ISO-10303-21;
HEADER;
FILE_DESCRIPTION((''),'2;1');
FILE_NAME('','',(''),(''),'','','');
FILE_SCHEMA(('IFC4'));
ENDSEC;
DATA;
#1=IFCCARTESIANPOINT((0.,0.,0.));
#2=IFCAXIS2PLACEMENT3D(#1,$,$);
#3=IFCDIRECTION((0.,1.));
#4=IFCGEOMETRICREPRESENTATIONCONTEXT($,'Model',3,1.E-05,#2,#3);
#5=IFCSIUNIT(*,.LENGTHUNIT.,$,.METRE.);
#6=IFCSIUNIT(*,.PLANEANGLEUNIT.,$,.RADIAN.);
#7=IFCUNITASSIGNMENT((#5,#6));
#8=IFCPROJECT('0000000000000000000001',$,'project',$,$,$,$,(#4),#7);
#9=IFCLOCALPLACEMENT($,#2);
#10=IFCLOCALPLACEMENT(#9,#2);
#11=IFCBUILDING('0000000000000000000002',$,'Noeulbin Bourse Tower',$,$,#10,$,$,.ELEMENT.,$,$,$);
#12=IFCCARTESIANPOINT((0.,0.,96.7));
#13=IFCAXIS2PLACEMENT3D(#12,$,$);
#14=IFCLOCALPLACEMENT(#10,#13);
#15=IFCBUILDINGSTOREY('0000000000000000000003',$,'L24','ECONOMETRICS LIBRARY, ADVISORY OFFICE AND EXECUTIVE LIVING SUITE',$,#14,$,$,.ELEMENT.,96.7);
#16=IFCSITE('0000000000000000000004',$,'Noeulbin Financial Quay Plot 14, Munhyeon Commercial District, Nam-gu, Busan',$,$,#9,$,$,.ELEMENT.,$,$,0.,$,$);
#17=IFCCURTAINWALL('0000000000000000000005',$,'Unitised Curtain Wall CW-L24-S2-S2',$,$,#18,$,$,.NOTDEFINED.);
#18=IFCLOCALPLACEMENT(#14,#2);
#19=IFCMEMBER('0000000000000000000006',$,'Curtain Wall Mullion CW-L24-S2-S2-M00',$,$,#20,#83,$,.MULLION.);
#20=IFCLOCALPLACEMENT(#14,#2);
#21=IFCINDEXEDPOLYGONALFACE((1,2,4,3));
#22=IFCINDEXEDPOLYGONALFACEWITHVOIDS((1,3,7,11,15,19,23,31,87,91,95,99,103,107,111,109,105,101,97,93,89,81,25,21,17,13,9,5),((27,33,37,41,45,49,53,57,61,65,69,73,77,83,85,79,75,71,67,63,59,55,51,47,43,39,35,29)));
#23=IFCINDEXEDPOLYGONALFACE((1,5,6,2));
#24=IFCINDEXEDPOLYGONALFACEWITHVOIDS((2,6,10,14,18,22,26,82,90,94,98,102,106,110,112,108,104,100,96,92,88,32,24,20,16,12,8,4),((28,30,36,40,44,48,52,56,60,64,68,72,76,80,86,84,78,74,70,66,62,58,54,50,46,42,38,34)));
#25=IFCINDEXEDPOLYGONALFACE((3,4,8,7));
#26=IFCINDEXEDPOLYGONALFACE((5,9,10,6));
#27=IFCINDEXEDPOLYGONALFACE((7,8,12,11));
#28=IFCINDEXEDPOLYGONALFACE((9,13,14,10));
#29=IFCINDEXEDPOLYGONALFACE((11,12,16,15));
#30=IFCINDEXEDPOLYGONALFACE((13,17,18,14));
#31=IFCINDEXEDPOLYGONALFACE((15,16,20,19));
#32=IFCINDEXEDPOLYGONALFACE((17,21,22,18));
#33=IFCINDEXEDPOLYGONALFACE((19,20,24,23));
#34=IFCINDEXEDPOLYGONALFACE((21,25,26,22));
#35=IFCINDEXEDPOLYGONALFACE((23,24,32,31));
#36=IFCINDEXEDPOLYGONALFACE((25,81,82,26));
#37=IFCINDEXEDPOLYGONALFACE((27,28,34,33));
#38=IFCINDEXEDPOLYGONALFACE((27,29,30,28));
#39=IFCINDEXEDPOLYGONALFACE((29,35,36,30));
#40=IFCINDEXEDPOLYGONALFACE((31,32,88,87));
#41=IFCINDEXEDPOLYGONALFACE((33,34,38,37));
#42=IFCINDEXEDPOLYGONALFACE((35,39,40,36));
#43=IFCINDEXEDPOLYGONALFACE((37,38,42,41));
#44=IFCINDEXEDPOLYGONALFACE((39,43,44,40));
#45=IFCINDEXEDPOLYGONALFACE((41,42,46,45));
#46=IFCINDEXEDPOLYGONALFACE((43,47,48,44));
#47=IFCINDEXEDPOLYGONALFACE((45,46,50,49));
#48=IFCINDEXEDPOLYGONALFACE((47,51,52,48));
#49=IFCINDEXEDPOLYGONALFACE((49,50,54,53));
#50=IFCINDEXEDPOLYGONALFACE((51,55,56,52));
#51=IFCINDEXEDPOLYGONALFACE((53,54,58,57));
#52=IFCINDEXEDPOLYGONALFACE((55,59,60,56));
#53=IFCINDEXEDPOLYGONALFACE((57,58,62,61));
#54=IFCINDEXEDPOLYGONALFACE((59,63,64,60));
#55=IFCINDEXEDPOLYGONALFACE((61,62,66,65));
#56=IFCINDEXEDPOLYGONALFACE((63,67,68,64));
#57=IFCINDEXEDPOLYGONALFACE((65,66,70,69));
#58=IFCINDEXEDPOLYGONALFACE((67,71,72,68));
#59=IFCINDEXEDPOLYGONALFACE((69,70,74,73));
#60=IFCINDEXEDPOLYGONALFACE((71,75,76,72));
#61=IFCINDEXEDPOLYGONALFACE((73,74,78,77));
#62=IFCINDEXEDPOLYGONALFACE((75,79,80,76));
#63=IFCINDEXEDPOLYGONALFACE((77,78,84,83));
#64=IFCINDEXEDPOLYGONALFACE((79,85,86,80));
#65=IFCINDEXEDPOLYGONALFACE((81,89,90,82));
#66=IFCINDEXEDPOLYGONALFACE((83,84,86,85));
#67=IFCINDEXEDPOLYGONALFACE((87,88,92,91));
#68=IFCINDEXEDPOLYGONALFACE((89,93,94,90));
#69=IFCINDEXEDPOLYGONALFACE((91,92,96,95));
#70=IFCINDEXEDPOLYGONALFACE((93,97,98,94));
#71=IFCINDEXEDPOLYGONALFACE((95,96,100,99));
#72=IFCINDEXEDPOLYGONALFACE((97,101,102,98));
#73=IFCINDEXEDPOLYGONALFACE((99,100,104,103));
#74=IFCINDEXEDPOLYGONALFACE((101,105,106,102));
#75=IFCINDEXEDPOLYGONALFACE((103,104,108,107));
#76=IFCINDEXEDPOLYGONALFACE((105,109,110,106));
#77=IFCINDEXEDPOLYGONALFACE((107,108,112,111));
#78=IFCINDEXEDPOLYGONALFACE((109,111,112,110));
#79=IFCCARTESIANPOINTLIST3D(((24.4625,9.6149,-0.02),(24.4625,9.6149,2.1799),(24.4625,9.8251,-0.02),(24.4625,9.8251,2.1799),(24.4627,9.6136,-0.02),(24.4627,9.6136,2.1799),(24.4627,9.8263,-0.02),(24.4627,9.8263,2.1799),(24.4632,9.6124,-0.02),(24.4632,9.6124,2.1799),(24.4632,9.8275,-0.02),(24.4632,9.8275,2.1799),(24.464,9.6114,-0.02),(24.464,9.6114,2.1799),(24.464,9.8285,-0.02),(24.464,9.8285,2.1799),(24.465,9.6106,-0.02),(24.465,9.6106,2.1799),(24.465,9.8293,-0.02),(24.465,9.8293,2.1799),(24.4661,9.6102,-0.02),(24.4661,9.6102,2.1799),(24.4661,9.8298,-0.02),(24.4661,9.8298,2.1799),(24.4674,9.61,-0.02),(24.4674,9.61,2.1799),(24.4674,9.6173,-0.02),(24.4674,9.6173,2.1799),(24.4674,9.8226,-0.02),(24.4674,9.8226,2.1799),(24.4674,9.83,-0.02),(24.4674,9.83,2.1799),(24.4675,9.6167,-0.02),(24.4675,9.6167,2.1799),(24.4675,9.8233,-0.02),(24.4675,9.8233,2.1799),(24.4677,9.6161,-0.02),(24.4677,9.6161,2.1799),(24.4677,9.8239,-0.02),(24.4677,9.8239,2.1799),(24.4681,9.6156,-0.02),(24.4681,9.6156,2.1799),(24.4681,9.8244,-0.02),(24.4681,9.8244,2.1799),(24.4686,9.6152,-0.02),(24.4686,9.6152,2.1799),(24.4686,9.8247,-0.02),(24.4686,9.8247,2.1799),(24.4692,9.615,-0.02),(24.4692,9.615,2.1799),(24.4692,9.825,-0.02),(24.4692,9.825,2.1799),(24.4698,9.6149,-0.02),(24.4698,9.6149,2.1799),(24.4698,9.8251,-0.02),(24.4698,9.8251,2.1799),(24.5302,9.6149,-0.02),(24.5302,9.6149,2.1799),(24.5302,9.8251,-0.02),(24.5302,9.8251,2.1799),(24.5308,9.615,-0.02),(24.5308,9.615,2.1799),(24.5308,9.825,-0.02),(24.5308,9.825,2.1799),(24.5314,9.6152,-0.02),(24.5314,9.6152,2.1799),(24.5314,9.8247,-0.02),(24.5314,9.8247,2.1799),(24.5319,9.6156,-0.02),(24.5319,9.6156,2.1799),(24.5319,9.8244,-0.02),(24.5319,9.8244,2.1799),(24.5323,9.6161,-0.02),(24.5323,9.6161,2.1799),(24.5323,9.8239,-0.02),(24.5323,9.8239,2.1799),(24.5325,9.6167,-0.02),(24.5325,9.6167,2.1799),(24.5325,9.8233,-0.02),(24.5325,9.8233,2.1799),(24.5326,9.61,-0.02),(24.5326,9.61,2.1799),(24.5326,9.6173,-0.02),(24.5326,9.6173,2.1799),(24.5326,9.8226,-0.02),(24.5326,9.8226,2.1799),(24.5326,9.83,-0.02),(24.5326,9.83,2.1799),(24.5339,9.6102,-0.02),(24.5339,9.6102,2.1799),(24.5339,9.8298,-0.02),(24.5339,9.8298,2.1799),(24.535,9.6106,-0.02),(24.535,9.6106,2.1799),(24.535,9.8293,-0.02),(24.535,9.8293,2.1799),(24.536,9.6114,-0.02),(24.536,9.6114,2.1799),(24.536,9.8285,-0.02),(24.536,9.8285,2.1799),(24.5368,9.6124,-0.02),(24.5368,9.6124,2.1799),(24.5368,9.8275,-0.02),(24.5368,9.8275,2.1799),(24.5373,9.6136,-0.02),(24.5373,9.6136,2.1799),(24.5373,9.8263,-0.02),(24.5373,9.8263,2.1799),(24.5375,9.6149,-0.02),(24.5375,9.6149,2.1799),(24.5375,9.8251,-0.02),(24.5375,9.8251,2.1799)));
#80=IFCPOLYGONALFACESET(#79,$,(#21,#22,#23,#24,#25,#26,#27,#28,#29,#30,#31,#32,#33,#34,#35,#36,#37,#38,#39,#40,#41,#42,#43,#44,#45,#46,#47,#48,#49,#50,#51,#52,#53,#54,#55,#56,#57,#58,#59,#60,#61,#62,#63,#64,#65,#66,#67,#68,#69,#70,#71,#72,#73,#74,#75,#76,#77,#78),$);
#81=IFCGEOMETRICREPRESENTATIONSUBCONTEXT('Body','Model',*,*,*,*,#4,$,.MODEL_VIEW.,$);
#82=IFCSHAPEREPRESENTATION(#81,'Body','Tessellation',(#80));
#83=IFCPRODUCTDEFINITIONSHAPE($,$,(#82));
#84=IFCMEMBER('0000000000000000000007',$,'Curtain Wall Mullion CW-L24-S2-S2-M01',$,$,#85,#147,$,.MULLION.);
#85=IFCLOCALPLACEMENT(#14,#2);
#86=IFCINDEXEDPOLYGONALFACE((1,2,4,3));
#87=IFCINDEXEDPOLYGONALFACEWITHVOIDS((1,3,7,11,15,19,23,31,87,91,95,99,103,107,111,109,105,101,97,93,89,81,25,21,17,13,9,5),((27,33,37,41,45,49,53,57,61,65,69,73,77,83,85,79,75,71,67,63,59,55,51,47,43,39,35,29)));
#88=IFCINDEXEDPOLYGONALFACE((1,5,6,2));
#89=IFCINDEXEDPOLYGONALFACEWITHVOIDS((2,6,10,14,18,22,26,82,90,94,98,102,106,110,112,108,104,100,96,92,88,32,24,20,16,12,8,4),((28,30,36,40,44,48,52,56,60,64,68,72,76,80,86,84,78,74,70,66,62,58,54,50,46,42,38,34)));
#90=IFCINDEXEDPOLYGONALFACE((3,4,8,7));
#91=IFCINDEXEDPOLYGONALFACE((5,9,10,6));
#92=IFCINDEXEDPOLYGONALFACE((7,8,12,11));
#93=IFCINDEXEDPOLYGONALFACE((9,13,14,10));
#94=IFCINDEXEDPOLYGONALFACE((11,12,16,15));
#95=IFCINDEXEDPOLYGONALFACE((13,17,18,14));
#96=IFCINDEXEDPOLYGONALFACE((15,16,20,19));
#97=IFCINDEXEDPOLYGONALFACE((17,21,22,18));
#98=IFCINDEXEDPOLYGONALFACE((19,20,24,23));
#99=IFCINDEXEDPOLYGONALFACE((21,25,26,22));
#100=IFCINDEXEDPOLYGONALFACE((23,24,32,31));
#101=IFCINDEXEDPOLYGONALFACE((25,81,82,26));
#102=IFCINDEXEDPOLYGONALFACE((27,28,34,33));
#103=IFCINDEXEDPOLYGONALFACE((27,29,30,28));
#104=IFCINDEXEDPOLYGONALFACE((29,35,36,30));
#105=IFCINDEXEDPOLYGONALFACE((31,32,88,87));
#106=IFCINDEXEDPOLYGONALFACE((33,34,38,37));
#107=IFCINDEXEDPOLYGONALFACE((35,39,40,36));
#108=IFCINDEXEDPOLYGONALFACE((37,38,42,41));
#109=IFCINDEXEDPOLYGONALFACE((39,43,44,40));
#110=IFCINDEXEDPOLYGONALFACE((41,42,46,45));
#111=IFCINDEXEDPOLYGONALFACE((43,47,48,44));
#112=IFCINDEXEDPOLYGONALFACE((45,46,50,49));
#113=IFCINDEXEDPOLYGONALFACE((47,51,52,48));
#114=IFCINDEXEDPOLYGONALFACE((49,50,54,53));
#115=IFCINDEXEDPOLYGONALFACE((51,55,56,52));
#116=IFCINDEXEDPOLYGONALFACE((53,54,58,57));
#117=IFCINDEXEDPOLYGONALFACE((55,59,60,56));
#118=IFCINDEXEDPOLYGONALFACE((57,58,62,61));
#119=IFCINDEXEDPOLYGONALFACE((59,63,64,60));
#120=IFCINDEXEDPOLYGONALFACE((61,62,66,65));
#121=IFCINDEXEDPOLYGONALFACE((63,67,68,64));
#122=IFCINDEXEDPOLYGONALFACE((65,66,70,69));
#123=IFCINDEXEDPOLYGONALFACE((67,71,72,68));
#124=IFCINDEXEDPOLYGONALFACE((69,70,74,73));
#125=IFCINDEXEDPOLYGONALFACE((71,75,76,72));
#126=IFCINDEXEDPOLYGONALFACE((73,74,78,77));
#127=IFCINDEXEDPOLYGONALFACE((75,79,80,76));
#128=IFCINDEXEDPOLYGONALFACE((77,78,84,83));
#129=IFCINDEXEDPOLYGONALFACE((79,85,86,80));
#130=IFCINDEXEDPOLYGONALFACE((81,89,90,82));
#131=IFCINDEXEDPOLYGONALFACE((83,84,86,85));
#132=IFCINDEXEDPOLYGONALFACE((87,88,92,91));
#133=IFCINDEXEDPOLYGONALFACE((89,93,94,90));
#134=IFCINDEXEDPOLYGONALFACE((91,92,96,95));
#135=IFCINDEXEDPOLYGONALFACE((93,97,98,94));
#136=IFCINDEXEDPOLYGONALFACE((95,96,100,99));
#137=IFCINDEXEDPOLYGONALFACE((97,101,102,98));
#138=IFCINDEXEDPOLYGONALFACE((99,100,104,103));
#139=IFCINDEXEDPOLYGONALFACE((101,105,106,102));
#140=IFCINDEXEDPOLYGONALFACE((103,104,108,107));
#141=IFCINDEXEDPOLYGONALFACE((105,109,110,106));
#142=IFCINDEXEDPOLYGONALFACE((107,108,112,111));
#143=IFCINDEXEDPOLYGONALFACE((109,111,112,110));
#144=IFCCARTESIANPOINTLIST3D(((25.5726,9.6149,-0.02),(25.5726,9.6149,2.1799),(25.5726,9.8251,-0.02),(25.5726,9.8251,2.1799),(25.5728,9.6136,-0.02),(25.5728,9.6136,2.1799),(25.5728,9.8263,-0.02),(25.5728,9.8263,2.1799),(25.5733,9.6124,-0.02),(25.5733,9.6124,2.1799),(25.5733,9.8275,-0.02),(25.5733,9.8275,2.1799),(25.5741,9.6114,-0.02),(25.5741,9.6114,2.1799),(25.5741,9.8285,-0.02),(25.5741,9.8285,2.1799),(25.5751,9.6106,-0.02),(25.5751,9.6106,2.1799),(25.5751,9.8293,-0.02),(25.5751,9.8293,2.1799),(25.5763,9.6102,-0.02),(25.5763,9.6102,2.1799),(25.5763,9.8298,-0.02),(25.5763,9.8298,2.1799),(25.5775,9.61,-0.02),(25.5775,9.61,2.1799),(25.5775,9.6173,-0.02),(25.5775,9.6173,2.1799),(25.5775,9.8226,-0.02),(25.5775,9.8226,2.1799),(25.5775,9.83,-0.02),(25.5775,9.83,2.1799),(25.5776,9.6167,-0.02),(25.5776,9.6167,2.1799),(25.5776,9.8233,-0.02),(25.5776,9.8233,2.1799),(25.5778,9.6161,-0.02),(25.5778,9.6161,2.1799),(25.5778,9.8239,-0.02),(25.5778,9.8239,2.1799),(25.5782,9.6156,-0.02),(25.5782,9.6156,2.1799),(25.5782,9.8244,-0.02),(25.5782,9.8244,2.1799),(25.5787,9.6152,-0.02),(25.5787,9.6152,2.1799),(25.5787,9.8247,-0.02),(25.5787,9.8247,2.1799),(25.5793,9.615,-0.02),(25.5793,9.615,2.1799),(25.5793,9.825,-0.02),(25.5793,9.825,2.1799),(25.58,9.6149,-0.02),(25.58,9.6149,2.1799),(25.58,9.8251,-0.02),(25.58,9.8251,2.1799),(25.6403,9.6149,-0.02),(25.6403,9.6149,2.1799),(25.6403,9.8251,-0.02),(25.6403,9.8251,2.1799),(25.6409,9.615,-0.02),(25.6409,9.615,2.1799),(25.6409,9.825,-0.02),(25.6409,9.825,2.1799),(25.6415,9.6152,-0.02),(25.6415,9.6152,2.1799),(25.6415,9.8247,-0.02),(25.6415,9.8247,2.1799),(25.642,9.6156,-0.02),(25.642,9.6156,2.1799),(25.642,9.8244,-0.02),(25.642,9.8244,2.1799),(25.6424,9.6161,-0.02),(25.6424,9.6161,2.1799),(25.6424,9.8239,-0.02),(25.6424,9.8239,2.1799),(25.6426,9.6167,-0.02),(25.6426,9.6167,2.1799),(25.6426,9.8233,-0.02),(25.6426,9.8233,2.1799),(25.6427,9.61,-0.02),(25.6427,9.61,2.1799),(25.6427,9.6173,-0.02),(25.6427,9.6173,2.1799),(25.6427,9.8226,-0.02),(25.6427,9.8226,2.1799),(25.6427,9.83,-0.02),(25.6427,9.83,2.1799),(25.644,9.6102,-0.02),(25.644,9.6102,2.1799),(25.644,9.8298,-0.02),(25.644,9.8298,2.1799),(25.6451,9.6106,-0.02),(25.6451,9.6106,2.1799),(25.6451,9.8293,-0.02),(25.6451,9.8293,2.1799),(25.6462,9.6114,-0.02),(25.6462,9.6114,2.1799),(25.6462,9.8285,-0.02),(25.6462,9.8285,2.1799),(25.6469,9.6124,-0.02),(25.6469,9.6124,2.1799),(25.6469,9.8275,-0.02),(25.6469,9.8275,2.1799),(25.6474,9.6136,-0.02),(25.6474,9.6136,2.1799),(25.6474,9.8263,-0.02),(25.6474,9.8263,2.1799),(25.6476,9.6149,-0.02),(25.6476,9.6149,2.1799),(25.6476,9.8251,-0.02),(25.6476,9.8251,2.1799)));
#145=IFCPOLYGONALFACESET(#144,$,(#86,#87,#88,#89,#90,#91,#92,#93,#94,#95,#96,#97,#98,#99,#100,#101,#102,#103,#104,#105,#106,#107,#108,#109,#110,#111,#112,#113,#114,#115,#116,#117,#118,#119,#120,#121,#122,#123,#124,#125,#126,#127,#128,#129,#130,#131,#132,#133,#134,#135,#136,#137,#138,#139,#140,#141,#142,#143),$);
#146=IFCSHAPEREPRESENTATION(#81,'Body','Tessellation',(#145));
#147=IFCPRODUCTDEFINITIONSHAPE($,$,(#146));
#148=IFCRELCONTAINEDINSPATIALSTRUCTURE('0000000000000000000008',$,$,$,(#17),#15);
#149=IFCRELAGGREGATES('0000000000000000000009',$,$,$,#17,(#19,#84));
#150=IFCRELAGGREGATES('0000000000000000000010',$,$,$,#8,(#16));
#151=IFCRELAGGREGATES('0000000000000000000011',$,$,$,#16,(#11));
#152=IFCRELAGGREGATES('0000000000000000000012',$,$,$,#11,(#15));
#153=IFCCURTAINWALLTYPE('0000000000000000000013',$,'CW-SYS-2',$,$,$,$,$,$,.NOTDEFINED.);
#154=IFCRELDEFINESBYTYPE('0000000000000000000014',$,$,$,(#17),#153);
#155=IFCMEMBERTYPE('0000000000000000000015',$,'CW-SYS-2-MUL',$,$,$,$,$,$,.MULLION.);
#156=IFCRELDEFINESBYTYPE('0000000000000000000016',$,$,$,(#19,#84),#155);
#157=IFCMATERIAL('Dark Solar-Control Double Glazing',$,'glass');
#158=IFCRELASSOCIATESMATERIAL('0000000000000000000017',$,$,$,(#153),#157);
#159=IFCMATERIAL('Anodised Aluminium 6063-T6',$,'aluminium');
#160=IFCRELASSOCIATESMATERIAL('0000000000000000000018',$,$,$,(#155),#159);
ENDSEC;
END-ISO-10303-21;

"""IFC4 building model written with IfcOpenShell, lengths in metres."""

from ifc_helpers import new_model, si_unit, direction, frame, origin, origin_2d, place, context, subcontext, project, spatial, hollow_rectangle, extrude, material, material_profile, profile_set, type_object, element, aggregate, save


model = new_model("IFC4")

# Units and contexts
model_context = context("Model", 3, precision=1e-05, world=origin(), true_north=direction((0.0, 1.0)))
body_context = subcontext(model_context, "Body", "Model", "MODEL_VIEW")
ifc_project = project(units=[si_unit("LENGTHUNIT", "METRE"), si_unit("PLANEANGLEUNIT", "RADIAN")], contexts=[model_context])

# Site, building, storey
site_placement = place(None, origin())
site = spatial("IfcSite", under=ifc_project, at=site_placement, Name="Noeulbin Financial Quay Plot 14, Munhyeon Commercial District, Nam-gu, Busan", CompositionType="ELEMENT", RefElevation=0.0)
building_placement = place(site_placement, origin())
building = spatial("IfcBuilding", under=site, at=building_placement, Name="Noeulbin Bourse Tower", CompositionType="ELEMENT")
storey_placement = place(building_placement, frame((0.0, 0.0, 96.7)))
storey = spatial("IfcBuildingStorey", under=building, at=storey_placement, Name="L24", Description="ECONOMETRICS LIBRARY, ADVISORY OFFICE AND EXECUTIVE LIVING SUITE", CompositionType="ELEMENT", Elevation=96.7)

# Curtain wall, members
ifc_material_1 = material(Name="Dark Solar-Control Double Glazing", Category="glass")
curtain_wall_type = type_object("IfcCurtainWallType", Name="CW-SYS-2", PredefinedType="NOTDEFINED", material=ifc_material_1)
ifc_material_2 = material(Name="Anodised Aluminium 6063-T6", Category="aluminium")
ifc_material_profile_1 = material_profile(ifc_material_2, hollow_rectangle(XDim=0.075, YDim=0.22, WallThickness=0.0049, InnerFilletRadius=0.0024, OuterFilletRadius=0.0049, at=origin_2d()), Name="ALU-MULL-75x220x5", Category="LoadBearing")
ifc_profile_set_1 = profile_set([ifc_material_profile_1], Name="Anodised Aluminium 6063-T6")
member_type_1 = type_object("IfcMemberType", Name="CW-SYS-2-MUL", PredefinedType="MULLION", material=ifc_profile_set_1)
curtain_wall_1_placement = place(storey_placement, origin())
curtain_wall_1 = element("IfcCurtainWall", 1, at=curtain_wall_1_placement, inside=storey, type_object=curtain_wall_type, Name="Unitised Curtain Wall CW-L24-S2-S2", PredefinedType="NOTDEFINED")
member_1_placement = place(storey_placement, frame((24.5, 9.72, -0.02), z_axis=(0.0, 0.0, 1.0), x_axis=(1.0, 0.0, 0.0)))
member_1 = element("IfcMember", 2, at=member_1_placement, type_object=member_type_1, Name="Curtain Wall Mullion CW-L24-S2-S2-M00", PredefinedType="MULLION", context=body_context, shape_type="SweptSolid", body=[
    extrude(hollow_rectangle(XDim=0.075, YDim=0.22, WallThickness=0.0049, InnerFilletRadius=0.0024, OuterFilletRadius=0.0049, at=origin_2d()), origin(), (0.0, 0.0, 1.0), 2.2),
])
member_2_placement = place(storey_placement, frame((25.6101, 9.72, -0.02), z_axis=(0.0, 0.0, 1.0), x_axis=(1.0, 0.0, 0.0)))
member_2 = element("IfcMember", 3, at=member_2_placement, type_object=member_type_1, Name="Curtain Wall Mullion CW-L24-S2-S2-M01", PredefinedType="MULLION", context=body_context, shape_type="SweptSolid", body=[
    extrude(hollow_rectangle(XDim=0.075, YDim=0.22, WallThickness=0.0049, InnerFilletRadius=0.0024, OuterFilletRadius=0.0049, at=origin_2d()), origin(), (0.0, 0.0, 1.0), 2.2),
])

aggregate(curtain_wall_1, [member_1, member_2])

save(model, "model.ifc")
